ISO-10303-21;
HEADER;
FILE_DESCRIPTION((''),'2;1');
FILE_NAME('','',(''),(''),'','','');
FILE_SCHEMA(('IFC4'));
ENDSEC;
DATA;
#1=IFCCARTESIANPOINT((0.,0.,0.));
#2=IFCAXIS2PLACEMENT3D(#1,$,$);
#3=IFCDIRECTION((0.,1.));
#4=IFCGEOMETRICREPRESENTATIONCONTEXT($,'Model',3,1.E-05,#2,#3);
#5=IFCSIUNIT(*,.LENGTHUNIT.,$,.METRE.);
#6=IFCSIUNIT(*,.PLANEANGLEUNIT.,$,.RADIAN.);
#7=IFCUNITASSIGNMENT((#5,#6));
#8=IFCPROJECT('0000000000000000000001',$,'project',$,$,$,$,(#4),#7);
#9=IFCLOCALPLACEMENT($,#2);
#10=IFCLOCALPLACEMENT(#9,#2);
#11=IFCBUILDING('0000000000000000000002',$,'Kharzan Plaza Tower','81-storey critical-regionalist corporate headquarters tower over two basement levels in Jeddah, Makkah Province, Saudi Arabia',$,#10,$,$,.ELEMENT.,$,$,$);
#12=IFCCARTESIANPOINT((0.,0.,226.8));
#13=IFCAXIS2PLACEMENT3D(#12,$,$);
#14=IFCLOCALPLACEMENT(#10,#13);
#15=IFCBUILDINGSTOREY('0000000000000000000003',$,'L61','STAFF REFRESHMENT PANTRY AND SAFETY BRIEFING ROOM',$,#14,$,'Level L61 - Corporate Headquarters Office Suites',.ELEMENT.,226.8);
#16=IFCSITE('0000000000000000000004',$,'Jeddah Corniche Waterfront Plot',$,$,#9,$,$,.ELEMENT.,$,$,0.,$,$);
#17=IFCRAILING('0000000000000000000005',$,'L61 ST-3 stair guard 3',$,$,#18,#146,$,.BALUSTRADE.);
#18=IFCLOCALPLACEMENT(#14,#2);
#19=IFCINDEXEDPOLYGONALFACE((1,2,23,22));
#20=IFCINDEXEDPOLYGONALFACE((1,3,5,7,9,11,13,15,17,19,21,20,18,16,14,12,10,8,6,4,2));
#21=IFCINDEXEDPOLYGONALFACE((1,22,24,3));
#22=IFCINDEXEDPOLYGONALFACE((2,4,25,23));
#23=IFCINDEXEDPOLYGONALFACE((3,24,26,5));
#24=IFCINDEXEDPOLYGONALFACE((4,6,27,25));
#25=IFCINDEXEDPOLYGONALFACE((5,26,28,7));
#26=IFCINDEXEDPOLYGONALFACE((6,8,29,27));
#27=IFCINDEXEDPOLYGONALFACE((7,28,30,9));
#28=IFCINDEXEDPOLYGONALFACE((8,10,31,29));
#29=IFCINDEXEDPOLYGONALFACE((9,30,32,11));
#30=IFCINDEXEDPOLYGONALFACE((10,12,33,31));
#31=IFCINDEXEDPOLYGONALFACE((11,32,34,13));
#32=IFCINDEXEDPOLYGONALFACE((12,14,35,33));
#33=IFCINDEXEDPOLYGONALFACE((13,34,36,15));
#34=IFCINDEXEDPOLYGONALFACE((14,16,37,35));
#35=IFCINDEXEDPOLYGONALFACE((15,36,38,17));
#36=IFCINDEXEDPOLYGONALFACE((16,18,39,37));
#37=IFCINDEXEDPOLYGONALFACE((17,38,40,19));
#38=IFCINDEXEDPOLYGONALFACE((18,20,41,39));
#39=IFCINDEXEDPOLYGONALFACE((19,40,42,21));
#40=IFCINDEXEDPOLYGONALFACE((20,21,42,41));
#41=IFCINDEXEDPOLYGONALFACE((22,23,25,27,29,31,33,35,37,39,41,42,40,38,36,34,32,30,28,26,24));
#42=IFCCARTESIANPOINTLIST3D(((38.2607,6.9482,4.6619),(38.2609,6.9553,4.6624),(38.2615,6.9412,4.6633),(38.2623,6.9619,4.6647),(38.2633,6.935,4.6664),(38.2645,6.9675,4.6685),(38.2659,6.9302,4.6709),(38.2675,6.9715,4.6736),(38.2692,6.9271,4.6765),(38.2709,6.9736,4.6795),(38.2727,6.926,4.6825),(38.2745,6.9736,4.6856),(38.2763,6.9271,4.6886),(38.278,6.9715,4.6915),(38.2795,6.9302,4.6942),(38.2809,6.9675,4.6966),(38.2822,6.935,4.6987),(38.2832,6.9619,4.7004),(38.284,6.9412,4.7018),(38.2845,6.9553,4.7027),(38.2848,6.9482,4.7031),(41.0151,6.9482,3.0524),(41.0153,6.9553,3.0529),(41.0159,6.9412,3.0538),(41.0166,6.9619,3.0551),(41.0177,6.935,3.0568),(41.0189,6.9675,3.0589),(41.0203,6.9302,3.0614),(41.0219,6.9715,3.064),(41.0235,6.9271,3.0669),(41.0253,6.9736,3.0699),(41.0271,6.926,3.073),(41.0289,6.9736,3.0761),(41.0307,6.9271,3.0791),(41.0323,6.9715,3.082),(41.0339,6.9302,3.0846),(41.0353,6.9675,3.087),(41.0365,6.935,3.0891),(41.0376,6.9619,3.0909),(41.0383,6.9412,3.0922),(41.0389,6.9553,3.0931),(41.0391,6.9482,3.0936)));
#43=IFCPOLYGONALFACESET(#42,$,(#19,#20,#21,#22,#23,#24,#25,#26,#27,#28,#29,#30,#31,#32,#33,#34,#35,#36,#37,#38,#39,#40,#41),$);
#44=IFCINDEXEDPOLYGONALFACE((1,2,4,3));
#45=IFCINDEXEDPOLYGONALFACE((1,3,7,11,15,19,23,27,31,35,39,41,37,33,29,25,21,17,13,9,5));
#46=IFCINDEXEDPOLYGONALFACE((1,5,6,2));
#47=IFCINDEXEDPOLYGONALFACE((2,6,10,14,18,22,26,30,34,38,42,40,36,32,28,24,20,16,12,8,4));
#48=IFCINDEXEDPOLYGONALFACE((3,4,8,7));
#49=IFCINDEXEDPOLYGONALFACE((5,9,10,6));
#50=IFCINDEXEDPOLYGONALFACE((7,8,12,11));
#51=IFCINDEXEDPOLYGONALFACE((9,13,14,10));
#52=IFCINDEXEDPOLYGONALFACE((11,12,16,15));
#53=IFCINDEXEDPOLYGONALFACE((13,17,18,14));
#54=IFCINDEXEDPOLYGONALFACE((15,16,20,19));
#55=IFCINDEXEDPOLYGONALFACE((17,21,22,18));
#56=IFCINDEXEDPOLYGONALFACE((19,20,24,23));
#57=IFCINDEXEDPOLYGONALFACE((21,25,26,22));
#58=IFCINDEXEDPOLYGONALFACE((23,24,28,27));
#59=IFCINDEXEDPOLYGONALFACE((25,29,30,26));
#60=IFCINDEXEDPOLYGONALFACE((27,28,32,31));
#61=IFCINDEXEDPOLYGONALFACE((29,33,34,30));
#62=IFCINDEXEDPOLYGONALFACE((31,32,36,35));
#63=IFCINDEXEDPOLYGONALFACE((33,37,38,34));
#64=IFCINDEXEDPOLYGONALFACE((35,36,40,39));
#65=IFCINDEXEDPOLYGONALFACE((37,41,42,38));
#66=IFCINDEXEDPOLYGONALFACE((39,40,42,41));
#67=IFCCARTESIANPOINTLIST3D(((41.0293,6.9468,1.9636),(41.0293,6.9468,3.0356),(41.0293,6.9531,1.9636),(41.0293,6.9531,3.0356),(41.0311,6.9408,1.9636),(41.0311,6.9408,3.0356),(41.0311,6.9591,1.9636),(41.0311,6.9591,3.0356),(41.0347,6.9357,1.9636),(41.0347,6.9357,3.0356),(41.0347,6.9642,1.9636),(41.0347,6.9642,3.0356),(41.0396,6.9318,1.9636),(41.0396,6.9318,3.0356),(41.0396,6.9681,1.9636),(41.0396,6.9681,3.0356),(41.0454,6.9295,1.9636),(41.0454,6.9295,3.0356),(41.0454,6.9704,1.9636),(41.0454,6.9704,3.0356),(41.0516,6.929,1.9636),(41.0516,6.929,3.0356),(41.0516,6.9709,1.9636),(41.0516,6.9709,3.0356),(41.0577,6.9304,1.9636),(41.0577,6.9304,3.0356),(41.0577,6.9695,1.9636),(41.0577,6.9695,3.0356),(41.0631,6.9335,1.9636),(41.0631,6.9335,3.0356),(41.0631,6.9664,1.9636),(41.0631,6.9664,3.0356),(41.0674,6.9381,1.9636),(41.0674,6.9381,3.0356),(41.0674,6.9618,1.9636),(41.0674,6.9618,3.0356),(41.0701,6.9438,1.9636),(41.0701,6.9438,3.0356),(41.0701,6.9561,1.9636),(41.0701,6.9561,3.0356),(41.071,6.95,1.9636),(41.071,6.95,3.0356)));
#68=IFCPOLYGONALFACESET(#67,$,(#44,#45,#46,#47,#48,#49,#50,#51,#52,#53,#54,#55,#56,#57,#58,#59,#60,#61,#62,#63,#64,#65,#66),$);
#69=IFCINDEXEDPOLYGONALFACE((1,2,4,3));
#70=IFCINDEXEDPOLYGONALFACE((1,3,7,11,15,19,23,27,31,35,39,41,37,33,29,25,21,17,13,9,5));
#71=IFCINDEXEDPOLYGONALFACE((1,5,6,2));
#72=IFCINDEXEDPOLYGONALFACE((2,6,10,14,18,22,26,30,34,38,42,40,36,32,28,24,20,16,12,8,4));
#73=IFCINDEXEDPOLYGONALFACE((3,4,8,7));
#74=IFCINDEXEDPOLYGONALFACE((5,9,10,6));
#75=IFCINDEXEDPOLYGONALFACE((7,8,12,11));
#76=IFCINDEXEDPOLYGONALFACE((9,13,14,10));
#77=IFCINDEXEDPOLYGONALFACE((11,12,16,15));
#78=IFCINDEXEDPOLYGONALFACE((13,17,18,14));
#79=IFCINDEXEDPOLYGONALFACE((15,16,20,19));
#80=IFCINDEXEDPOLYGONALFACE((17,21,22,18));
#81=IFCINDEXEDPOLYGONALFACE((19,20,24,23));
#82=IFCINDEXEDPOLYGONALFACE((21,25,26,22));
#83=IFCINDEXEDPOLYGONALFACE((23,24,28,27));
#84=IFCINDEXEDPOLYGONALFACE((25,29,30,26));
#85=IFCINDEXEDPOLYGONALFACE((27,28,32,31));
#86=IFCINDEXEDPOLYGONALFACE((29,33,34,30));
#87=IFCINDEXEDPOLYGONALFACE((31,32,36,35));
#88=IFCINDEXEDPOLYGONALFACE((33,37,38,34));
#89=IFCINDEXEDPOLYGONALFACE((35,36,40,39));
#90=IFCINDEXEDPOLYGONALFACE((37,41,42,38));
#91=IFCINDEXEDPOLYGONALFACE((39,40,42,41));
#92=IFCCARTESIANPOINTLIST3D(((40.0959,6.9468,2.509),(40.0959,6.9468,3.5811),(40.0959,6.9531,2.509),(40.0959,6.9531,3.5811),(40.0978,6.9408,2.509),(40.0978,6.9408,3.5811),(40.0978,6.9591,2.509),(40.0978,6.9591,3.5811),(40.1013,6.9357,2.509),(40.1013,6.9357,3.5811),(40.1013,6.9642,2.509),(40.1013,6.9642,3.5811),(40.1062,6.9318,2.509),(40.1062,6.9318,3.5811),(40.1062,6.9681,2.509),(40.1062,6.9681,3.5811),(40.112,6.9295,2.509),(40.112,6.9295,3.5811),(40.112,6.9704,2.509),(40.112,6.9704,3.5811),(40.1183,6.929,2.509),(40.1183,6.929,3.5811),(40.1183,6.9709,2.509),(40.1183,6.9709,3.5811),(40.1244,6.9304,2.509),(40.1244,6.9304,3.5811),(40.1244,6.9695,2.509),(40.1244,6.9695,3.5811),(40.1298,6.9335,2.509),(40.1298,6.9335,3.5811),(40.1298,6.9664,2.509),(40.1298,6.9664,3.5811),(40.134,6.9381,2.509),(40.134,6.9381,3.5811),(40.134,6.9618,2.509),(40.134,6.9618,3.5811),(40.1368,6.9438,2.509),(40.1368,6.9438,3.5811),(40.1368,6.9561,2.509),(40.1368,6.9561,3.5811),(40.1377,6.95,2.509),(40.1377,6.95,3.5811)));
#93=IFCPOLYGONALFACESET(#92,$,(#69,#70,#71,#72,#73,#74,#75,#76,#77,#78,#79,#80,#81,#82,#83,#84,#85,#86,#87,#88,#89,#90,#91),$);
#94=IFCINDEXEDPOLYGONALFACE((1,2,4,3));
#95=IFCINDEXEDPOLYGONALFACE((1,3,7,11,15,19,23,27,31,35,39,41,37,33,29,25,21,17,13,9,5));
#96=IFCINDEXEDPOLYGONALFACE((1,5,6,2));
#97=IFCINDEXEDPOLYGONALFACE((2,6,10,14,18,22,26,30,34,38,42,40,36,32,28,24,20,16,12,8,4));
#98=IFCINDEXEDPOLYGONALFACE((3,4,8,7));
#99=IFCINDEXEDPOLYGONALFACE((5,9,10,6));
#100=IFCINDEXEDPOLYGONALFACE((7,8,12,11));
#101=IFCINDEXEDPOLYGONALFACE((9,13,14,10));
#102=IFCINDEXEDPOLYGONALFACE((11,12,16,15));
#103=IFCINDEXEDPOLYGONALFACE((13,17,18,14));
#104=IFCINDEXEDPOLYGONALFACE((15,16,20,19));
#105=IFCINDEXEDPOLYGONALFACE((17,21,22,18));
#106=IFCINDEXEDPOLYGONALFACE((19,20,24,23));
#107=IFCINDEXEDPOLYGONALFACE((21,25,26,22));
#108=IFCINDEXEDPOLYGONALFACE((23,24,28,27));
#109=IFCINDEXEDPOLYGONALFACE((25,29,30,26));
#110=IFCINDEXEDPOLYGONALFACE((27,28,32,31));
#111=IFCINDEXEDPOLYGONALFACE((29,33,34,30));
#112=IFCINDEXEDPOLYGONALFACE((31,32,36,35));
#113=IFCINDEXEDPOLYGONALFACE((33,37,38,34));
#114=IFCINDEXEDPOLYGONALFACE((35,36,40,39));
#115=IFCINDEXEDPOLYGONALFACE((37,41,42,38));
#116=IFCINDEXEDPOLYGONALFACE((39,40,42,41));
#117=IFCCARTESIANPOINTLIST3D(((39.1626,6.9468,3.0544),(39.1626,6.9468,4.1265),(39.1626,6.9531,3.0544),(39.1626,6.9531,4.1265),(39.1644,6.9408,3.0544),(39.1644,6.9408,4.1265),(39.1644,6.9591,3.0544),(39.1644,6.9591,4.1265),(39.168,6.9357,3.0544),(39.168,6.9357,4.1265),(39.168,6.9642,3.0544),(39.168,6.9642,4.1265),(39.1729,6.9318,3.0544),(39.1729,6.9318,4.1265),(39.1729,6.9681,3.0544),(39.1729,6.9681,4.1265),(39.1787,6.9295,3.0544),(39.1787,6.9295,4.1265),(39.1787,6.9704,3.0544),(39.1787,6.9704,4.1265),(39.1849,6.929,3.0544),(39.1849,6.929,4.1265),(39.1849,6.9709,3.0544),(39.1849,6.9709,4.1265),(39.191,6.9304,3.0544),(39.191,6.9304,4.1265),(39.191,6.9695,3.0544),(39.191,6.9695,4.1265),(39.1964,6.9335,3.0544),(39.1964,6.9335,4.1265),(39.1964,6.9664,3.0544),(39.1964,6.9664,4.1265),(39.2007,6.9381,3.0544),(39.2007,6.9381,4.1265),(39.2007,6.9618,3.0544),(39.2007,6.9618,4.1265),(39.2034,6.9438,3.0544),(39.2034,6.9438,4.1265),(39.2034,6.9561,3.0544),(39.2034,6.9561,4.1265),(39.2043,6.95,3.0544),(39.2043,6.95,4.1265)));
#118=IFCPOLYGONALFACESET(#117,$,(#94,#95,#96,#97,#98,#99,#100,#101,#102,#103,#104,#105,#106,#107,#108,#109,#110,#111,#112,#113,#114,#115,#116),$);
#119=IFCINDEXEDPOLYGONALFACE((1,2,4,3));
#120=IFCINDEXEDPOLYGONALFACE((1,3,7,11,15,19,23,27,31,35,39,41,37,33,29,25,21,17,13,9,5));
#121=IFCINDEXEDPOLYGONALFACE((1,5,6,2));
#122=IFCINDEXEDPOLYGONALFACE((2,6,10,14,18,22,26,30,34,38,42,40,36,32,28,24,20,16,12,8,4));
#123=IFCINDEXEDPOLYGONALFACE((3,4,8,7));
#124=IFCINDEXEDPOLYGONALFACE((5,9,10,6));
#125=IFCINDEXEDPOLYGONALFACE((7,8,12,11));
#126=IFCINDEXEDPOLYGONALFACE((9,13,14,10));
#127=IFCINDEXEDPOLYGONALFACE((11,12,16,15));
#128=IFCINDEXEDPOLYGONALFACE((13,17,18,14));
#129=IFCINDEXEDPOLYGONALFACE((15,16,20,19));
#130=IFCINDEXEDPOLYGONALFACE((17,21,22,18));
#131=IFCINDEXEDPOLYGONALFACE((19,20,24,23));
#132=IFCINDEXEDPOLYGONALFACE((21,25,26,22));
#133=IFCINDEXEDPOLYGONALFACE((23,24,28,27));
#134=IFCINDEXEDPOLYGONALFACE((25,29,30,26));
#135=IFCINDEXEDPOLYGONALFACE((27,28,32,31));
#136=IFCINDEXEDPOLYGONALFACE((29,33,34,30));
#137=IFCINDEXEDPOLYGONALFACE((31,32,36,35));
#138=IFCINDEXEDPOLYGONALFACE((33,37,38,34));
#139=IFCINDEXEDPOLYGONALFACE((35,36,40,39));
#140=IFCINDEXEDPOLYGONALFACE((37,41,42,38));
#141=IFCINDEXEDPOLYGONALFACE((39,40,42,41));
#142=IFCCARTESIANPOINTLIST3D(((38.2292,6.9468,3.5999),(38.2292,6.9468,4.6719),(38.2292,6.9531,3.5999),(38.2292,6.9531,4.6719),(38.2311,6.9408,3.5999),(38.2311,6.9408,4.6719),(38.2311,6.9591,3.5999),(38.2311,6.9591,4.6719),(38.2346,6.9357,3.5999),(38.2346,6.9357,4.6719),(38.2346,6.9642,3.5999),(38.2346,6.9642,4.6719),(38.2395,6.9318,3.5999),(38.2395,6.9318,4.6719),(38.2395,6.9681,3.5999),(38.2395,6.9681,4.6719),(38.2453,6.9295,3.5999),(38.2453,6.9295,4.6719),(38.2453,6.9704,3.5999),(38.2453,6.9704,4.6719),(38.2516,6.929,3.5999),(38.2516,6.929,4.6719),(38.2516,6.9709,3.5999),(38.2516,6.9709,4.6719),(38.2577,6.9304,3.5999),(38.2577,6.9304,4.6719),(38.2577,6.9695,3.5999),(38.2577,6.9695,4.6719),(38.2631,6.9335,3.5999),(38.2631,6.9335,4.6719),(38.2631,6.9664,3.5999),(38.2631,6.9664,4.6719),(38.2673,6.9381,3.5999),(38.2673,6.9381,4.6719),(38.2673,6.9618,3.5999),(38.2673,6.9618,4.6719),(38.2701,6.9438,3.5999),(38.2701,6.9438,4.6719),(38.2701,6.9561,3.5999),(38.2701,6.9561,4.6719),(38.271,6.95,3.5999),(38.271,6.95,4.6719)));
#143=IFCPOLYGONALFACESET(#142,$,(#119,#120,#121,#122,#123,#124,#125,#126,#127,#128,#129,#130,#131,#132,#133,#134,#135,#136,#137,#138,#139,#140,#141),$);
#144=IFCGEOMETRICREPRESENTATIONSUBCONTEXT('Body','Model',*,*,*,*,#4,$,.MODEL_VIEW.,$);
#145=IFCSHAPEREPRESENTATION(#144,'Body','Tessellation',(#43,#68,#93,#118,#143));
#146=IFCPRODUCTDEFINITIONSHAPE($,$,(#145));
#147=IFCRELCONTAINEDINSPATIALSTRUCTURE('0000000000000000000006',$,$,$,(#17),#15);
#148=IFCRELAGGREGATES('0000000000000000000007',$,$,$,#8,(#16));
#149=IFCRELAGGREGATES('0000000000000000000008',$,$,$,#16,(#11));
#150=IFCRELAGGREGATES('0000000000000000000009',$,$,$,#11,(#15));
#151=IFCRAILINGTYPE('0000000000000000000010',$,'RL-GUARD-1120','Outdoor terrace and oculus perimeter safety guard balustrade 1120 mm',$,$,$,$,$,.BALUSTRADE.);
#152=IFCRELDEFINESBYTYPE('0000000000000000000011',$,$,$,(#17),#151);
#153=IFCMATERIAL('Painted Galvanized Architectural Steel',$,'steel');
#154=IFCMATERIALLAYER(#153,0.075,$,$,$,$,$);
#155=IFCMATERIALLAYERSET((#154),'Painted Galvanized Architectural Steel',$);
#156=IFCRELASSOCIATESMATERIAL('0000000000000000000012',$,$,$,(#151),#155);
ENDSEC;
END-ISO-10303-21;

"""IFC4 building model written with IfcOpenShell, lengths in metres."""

from ifc_helpers import new_model, si_unit, direction, frame, origin, origin_2d, place, context, subcontext, project, spatial, circle, extrude, source, transform, mapped, material, layer, layer_set, type_object, element, save


model = new_model("IFC4")

# Units and contexts
model_context = context("Model", 3, precision=1e-05, world=origin(), true_north=direction((0.0, 1.0)))
body_context = subcontext(model_context, "Body", "Model", "MODEL_VIEW")
ifc_project = project(units=[si_unit("LENGTHUNIT", "METRE"), si_unit("PLANEANGLEUNIT", "RADIAN")], contexts=[model_context])

# Site, building, storey
site_placement = place(None, origin())
site = spatial("IfcSite", under=ifc_project, at=site_placement, Name="Jeddah Corniche Waterfront Plot", CompositionType="ELEMENT", RefElevation=0.0)
building_placement = place(site_placement, origin())
building = spatial("IfcBuilding", under=site, at=building_placement, Name="Kharzan Plaza Tower", Description="81-storey critical-regionalist corporate headquarters tower over two basement levels in Jeddah, Makkah Province, Saudi Arabia", CompositionType="ELEMENT")
storey_placement = place(building_placement, frame((0.0, 0.0, 226.8)))
storey = spatial("IfcBuildingStorey", under=building, at=storey_placement, Name="L61", Description="STAFF REFRESHMENT PANTRY AND SAFETY BRIEFING ROOM", LongName="Level L61 - Corporate Headquarters Office Suites", CompositionType="ELEMENT", Elevation=226.8)

# Railing
ifc_material_1 = material(Name="Painted Galvanized Architectural Steel", Category="steel")
ifc_layer_1 = layer(ifc_material_1, 0.075)
ifc_layer_set_1 = layer_set([ifc_layer_1], Name="Painted Galvanized Architectural Steel")
railing_type_1 = type_object("IfcRailingType", Name="RL-GUARD-1120", Description="Outdoor terrace and oculus perimeter safety guard balustrade 1120 mm", PredefinedType="BALUSTRADE", material=ifc_layer_set_1)
shared_shape_1 = source(origin(), body_context, "Body", "SweptSolid", [
    extrude(circle(Radius=0.0239, at=origin_2d()), frame((-0.0229, 0.0, 1.1094), z_axis=(-0.863394, 0.0, 0.504531), x_axis=(0.0, -1.0, 0.0)), (0.0, 0.0, 1.0), 3.1902),
    extrude(circle(Radius=0.021, at=origin_2d()), origin(), (0.0, 0.0, 1.0), 1.072),
    extrude(circle(Radius=0.021, at=origin_2d()), frame((-0.9333, 0.0, 0.5454)), (0.0, 0.0, 1.0), 1.072),
    extrude(circle(Radius=0.021, at=origin_2d()), frame((-1.8667, 0.0, 1.0908)), (0.0, 0.0, 1.0), 1.072),
    extrude(circle(Radius=0.021, at=origin_2d()), frame((-2.8, 0.0, 1.6362)), (0.0, 0.0, 1.0), 1.072),
])
railing_1_placement = place(storey_placement, frame((41.05, 6.95, 1.9636)))
element("IfcRailing", 1, at=railing_1_placement, inside=storey, type_object=railing_type_1, Name="L61 ST-3 stair guard 3", PredefinedType="BALUSTRADE", context=body_context, shape_type="MappedRepresentation", body=[
    mapped(shared_shape_1, transform((0.0, 0.0, 0.0), x_axis=(1.0, 0.0, 0.0), y_axis=(0.0, 1.0, 0.0), z_axis=(0.0, 0.0, 1.0))),
])

save(model, "model.ifc")
